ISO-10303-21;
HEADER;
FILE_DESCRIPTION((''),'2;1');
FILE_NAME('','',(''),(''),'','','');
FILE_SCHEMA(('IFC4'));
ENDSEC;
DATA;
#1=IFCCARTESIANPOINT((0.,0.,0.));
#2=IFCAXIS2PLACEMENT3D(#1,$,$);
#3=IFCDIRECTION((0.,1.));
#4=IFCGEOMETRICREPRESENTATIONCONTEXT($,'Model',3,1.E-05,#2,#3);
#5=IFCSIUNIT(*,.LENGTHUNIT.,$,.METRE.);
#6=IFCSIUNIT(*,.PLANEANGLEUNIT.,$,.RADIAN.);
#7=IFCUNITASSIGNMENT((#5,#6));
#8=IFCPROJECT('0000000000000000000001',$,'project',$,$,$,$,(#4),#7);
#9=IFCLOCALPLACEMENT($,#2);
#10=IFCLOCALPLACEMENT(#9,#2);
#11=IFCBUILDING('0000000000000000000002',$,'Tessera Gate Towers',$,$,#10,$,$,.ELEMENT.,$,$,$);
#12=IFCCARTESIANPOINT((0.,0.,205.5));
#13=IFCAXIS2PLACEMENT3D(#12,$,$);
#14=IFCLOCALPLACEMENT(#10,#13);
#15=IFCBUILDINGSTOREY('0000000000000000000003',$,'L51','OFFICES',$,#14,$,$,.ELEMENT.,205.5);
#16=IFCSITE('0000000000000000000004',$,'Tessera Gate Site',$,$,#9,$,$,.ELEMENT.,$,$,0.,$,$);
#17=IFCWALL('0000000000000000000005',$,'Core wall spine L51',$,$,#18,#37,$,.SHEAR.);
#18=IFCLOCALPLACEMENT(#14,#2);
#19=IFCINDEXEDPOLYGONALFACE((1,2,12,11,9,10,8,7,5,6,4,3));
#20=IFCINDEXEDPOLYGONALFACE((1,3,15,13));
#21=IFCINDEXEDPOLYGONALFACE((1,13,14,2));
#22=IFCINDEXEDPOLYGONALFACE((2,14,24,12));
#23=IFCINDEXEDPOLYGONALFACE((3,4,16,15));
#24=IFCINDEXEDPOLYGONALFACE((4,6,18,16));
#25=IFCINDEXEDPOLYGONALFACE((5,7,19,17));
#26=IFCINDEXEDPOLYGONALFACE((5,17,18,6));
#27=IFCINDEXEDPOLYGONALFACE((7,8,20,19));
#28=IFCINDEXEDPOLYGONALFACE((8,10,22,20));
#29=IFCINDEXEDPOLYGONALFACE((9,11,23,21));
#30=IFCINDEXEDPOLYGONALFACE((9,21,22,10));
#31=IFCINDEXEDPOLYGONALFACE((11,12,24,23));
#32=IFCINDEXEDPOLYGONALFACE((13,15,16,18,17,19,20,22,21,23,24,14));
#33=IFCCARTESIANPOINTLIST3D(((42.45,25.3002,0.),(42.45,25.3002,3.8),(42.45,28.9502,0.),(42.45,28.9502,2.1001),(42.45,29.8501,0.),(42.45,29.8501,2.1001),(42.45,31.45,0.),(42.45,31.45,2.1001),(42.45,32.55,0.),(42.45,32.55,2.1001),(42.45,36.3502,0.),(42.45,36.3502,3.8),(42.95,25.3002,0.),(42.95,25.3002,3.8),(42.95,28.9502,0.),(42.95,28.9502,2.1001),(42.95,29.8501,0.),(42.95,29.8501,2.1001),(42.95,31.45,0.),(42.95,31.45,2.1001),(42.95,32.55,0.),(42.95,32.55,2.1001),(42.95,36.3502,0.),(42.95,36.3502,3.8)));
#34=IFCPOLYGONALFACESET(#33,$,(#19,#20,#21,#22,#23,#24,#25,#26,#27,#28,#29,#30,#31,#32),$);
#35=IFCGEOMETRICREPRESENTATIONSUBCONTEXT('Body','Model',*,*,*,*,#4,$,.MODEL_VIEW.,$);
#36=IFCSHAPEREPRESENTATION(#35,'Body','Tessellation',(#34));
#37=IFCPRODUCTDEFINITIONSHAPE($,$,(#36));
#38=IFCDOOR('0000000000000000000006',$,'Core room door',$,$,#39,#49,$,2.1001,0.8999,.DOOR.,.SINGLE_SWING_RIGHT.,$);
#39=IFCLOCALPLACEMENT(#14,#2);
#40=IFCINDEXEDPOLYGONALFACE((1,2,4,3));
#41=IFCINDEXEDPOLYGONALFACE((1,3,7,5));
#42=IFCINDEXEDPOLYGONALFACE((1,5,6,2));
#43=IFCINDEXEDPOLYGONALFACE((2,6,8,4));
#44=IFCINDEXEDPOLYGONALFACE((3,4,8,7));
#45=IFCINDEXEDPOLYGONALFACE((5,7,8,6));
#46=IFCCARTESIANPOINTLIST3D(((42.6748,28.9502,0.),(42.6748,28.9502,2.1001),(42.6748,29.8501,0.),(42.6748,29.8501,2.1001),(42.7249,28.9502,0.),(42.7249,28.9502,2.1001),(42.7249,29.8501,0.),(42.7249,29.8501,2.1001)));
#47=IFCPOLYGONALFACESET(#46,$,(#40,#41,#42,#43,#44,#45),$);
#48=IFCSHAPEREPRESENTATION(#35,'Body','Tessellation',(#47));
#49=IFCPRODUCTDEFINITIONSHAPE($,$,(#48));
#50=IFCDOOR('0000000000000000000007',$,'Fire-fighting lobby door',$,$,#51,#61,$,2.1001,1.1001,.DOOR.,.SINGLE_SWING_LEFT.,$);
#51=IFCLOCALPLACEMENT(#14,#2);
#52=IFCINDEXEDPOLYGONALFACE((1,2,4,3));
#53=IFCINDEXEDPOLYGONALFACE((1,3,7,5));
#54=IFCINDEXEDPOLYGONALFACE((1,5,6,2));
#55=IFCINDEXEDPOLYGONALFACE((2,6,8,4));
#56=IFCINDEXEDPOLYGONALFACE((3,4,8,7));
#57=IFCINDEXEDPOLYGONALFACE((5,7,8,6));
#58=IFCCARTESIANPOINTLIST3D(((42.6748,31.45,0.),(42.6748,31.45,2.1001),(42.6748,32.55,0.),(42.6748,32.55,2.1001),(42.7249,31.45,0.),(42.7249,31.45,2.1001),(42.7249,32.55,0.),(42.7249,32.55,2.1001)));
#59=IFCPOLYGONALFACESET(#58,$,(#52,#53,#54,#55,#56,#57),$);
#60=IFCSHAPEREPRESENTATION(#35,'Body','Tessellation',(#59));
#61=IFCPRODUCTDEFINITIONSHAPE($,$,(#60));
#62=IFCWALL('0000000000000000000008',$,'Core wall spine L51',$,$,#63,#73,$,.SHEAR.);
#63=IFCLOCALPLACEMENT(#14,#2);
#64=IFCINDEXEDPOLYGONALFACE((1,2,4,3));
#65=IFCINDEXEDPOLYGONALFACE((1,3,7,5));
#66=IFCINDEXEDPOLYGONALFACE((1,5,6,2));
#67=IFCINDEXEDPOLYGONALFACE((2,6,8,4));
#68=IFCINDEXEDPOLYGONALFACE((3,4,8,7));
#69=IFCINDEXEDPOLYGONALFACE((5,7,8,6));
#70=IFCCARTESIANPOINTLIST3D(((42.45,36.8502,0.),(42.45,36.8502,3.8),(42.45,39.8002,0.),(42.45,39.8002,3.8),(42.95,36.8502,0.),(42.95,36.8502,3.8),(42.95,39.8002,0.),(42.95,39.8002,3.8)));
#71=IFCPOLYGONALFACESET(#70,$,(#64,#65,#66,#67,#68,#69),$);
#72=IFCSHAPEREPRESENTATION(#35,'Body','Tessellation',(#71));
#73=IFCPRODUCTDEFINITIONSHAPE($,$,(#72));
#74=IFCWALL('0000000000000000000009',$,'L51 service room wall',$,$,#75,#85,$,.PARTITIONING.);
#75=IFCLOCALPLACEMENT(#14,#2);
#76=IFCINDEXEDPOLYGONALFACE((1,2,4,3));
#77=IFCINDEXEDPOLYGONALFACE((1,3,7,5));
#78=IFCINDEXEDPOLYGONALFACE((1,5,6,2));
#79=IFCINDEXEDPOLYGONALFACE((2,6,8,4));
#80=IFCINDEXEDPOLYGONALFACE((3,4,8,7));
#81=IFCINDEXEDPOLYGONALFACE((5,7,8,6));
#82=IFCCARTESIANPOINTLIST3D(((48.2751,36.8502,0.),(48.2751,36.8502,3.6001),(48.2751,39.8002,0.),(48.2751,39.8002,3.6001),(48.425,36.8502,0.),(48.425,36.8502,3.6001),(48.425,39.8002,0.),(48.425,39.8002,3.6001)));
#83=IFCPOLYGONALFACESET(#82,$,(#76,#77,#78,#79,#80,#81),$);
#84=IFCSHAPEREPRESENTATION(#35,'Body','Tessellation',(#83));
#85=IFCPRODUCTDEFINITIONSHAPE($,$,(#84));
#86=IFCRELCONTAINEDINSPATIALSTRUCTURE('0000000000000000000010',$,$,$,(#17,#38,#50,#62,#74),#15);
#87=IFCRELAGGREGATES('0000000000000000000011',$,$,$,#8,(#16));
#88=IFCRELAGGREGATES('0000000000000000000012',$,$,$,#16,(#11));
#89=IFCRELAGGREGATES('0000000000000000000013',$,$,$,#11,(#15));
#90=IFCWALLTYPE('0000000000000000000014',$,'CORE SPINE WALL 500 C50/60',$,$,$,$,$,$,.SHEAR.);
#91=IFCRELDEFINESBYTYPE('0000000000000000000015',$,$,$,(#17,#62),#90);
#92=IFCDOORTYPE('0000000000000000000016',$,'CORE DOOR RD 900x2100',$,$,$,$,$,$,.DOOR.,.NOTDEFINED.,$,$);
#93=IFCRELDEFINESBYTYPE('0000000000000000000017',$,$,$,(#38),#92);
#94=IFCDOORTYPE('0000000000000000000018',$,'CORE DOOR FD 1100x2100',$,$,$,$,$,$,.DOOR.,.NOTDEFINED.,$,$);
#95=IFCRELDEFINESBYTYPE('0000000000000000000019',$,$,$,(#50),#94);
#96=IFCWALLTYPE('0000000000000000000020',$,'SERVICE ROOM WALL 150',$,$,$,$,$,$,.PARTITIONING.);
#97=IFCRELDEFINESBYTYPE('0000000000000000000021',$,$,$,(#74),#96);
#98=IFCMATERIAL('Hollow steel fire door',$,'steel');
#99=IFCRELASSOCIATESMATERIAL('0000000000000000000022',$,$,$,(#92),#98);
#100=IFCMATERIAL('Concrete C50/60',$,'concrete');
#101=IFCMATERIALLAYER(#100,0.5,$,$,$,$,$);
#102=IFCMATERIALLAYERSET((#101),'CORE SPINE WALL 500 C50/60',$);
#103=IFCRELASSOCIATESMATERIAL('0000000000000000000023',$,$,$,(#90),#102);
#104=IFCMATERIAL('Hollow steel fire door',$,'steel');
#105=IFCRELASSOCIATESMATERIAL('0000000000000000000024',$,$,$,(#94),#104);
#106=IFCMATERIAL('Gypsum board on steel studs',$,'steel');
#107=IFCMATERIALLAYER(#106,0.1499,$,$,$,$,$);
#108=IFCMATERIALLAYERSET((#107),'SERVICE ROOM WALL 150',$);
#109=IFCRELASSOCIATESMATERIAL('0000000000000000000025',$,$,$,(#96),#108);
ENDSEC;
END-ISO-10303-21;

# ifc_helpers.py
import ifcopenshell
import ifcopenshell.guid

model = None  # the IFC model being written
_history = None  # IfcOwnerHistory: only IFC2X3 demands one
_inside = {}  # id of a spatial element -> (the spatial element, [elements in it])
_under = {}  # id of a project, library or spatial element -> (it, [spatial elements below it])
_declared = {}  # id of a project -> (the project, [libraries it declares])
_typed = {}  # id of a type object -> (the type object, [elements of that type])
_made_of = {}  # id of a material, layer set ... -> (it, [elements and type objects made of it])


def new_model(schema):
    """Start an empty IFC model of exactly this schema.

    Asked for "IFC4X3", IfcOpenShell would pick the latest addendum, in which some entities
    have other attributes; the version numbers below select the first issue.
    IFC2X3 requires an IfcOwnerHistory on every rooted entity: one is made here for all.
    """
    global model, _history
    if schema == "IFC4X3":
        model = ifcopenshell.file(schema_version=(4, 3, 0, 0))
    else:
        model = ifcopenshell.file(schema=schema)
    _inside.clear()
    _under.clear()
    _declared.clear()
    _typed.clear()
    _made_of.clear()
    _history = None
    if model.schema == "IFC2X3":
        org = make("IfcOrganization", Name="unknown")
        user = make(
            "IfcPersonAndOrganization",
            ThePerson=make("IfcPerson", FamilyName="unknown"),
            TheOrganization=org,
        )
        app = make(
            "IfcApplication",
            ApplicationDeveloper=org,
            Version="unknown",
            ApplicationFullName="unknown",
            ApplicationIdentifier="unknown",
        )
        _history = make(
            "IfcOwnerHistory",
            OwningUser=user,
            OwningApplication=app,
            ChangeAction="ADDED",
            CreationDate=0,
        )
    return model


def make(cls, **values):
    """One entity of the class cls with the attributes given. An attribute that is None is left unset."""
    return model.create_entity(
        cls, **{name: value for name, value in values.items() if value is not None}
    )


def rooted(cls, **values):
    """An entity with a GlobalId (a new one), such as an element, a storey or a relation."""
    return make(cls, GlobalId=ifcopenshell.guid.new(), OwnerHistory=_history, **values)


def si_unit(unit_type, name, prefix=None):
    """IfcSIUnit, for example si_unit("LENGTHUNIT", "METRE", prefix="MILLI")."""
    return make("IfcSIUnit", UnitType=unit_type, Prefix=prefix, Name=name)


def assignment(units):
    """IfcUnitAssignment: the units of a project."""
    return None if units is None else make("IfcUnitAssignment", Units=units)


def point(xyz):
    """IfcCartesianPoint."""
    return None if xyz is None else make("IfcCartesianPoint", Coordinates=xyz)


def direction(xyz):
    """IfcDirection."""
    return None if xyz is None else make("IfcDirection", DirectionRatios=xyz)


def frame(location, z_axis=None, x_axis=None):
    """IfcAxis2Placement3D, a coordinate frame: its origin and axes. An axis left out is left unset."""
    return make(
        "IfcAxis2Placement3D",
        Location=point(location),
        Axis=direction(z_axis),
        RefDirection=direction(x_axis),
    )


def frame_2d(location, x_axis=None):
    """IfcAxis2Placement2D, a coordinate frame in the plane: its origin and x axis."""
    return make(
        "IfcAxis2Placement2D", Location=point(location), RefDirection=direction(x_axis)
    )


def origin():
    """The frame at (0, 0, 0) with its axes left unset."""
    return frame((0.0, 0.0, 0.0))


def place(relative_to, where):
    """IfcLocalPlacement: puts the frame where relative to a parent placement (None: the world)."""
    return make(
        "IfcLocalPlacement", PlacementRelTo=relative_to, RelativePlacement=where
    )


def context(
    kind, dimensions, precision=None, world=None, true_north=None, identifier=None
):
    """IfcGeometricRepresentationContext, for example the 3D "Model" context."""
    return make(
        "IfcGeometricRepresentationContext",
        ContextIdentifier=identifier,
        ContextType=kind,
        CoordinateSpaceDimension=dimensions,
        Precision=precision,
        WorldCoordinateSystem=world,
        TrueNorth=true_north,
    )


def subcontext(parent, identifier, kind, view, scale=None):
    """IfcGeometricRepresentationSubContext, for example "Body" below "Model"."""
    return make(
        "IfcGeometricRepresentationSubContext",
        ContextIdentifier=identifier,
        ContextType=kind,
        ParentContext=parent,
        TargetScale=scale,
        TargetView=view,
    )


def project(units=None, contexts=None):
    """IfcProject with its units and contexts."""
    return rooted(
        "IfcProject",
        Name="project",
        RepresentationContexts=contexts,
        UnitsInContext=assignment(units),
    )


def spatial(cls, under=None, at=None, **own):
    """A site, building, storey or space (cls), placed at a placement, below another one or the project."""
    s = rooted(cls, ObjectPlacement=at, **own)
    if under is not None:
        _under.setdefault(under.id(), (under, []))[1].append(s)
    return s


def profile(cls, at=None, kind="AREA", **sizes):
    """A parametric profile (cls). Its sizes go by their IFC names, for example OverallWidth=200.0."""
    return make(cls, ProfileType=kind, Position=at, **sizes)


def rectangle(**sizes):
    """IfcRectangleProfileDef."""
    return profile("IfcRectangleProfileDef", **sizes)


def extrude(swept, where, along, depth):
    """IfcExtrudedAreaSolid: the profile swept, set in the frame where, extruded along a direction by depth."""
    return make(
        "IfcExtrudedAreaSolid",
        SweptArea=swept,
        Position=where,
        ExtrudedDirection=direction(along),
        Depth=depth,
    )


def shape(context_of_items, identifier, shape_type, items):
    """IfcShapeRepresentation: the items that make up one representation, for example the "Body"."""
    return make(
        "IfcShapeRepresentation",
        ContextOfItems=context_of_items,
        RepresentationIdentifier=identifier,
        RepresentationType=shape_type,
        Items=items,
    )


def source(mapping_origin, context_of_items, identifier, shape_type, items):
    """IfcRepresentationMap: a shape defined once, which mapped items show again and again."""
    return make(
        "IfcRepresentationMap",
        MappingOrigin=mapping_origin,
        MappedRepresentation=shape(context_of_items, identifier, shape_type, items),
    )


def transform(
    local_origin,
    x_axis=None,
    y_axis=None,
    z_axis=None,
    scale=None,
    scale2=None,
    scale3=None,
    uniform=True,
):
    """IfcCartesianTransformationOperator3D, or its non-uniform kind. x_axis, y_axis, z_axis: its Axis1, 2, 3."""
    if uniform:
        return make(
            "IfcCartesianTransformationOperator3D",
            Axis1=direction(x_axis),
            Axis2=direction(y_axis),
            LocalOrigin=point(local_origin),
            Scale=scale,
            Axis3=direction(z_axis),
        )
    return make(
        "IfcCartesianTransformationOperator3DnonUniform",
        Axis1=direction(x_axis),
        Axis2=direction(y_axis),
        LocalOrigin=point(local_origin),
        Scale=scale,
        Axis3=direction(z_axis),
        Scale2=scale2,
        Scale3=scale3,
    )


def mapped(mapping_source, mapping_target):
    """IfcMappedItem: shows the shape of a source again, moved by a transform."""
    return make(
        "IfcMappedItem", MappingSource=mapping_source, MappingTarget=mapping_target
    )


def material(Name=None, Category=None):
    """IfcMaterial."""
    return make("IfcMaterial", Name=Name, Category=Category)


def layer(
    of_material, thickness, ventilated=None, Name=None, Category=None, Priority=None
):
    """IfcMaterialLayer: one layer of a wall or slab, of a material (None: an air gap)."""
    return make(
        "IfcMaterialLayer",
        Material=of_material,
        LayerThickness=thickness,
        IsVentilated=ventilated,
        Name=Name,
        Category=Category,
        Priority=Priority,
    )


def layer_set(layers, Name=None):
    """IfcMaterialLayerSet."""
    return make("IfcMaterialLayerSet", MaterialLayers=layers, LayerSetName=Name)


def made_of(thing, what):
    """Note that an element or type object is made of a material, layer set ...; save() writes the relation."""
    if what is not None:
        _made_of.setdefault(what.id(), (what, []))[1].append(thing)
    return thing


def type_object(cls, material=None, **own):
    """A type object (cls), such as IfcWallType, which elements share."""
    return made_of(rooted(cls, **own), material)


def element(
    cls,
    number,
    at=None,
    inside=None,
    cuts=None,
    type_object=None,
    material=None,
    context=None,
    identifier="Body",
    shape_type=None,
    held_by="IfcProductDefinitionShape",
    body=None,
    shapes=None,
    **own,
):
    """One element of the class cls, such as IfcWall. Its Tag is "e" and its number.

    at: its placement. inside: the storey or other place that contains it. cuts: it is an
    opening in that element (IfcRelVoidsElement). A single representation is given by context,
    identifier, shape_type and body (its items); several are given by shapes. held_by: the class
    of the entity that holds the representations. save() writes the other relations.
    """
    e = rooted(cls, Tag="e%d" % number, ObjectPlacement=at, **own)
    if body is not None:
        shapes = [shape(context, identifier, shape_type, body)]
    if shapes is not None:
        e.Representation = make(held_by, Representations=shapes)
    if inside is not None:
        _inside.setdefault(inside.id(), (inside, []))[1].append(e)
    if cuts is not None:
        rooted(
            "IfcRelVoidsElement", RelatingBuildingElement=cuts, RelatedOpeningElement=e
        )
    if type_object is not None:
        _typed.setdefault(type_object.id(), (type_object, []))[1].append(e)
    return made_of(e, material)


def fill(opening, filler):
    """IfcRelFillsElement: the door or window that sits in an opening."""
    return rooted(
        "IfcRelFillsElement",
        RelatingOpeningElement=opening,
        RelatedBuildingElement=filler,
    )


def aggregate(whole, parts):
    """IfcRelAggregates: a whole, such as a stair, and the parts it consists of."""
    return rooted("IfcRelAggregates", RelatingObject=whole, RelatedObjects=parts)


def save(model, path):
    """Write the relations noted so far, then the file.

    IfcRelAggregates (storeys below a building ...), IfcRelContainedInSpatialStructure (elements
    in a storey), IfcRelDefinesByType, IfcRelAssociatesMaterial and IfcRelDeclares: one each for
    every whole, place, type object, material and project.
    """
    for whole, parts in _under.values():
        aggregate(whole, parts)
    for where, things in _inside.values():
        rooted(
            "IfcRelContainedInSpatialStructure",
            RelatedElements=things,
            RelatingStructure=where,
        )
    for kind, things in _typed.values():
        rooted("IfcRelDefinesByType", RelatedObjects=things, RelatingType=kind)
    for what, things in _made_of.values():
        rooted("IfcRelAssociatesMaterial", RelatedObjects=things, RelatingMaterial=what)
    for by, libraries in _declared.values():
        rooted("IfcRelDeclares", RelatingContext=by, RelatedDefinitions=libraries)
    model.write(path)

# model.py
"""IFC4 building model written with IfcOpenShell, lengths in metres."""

from ifc_helpers import new_model, si_unit, direction, frame, frame_2d, origin, place, context, subcontext, project, spatial, rectangle, extrude, source, transform, mapped, material, layer, layer_set, type_object, element, fill, save


model = new_model("IFC4")

# Units and contexts
model_context = context("Model", 3, precision=1e-05, world=origin(), true_north=direction((0.0, 1.0)))
body_context = subcontext(model_context, "Body", "Model", "MODEL_VIEW")
ifc_project = project(units=[si_unit("LENGTHUNIT", "METRE"), si_unit("PLANEANGLEUNIT", "RADIAN")], contexts=[model_context])

# Site, building, storey
site_placement = place(None, origin())
site = spatial("IfcSite", under=ifc_project, at=site_placement, Name="Tessera Gate Site", CompositionType="ELEMENT", RefElevation=0.0)
building_placement = place(site_placement, origin())
building = spatial("IfcBuilding", under=site, at=building_placement, Name="Tessera Gate Towers", CompositionType="ELEMENT")
storey_placement = place(building_placement, frame((0.0, 0.0, 205.5)))
storey = spatial("IfcBuildingStorey", under=building, at=storey_placement, Name="L51", Description="OFFICES", CompositionType="ELEMENT", Elevation=205.5)

# Shared definitions
shared_shape_1 = source(origin(), body_context, "Body", "SweptSolid", [
    extrude(rectangle(XDim=1.1001, YDim=2.1001, at=frame_2d((0.55, 1.05))), frame((0.0, 0.0249, 0.0), z_axis=(0.0, -1.0, 0.0), x_axis=(1.0, 0.0, 0.0)), (0.0, 0.0, 1.0), 0.05),
])

# Shared definitions
ifc_material_1 = material(Name="Hollow steel fire door", Category="steel")
door_type_1 = type_object("IfcDoorType", Name="CORE DOOR RD 900x2100", OperationType="NOTDEFINED", PredefinedType="DOOR", material=ifc_material_1)
shared_shape_2 = source(origin(), body_context, "Body", "SweptSolid", [
    extrude(rectangle(XDim=0.8999, YDim=2.1001, at=frame_2d((0.45, 1.05))), frame((0.0, 0.0249, 0.0), z_axis=(0.0, -1.0, 0.0), x_axis=(1.0, 0.0, 0.0)), (0.0, 0.0, 1.0), 0.05),
])

# Wall, openings, doors
ifc_material_2 = material(Name="Concrete C50/60", Category="concrete")
ifc_layer_1 = layer(ifc_material_2, 0.5)
ifc_layer_set_1 = layer_set([ifc_layer_1], Name="CORE SPINE WALL 500 C50/60")
wall_type_1 = type_object("IfcWallType", Name="CORE SPINE WALL 500 C50/60", PredefinedType="SHEAR", material=ifc_layer_set_1)
wall_1_placement = place(storey_placement, frame((42.7, 36.3501, 0.0), z_axis=(0.0, 0.0, 1.0), x_axis=(0.0, -1.0, 0.0)))
wall_1 = element("IfcWall", 1, at=wall_1_placement, inside=storey, type_object=wall_type_1, Name="Core wall spine L51", PredefinedType="SHEAR", context=body_context, shape_type="SweptSolid", body=[
    extrude(rectangle(XDim=11.05, YDim=0.5, at=frame_2d((5.5249, 0.0))), origin(), (0.0, 0.0, 1.0), 3.8),
])
shared_shape_3 = source(origin(), body_context, "Body", "SweptSolid", [
    extrude(rectangle(XDim=0.8999, YDim=2.1001, at=frame_2d((0.45, 1.05))), frame((0.0, 0.26, 0.0), z_axis=(0.0, -1.0, 0.0), x_axis=(1.0, 0.0, 0.0)), (0.0, 0.0, 1.0), 0.52),
])
opening_1_placement = place(wall_1_placement, frame((6.5, 0.0, 0.0)))
opening_1 = element("IfcOpeningElement", 2, at=opening_1_placement, cuts=wall_1, PredefinedType="OPENING", context=body_context, shape_type="MappedRepresentation", body=[
    mapped(shared_shape_3, transform((0.0, 0.0, 0.0), scale=1.0)),
])
shared_shape_4 = source(origin(), body_context, "Body", "SweptSolid", [
    extrude(rectangle(XDim=1.1001, YDim=2.1001, at=frame_2d((0.55, 1.05))), frame((0.0, 0.26, 0.0), z_axis=(0.0, -1.0, 0.0), x_axis=(1.0, 0.0, 0.0)), (0.0, 0.0, 1.0), 0.52),
])
opening_2_placement = place(wall_1_placement, frame((3.8, 0.0, 0.0)))
opening_2 = element("IfcOpeningElement", 3, at=opening_2_placement, cuts=wall_1, PredefinedType="OPENING", context=body_context, shape_type="MappedRepresentation", body=[
    mapped(shared_shape_4, transform((0.0, 0.0, 0.0), scale=1.0)),
])
door_1_placement = place(opening_1_placement, origin())
door_1 = element("IfcDoor", 4, at=door_1_placement, inside=storey, type_object=door_type_1, Name="Core room door", OperationType="SINGLE_SWING_RIGHT", OverallHeight=2.1001, OverallWidth=0.8999, PredefinedType="DOOR", context=body_context, shape_type="MappedRepresentation", body=[
    mapped(shared_shape_2, transform((0.0, 0.0, 0.0), scale=1.0)),
])
fill(opening_1, door_1)
ifc_material_3 = material(Name="Hollow steel fire door", Category="steel")
door_type_2 = type_object("IfcDoorType", Name="CORE DOOR FD 1100x2100", OperationType="NOTDEFINED", PredefinedType="DOOR", material=ifc_material_3)
door_2_placement = place(opening_2_placement, origin())
door_2 = element("IfcDoor", 5, at=door_2_placement, inside=storey, type_object=door_type_2, Name="Fire-fighting lobby door", OperationType="SINGLE_SWING_LEFT", OverallHeight=2.1001, OverallWidth=1.1001, PredefinedType="DOOR", context=body_context, shape_type="MappedRepresentation", body=[
    mapped(shared_shape_1, transform((0.0, 0.0, 0.0), scale=1.0)),
])
fill(opening_2, door_2)

# Walls
wall_2_placement = place(storey_placement, frame((42.7, 36.8501, 0.0), z_axis=(0.0, 0.0, 1.0), x_axis=(0.0, 1.0, 0.0)))
element("IfcWall", 6, at=wall_2_placement, inside=storey, type_object=wall_type_1, Name="Core wall spine L51", PredefinedType="SHEAR", context=body_context, shape_type="SweptSolid", body=[
    extrude(rectangle(XDim=2.95, YDim=0.5, at=frame_2d((1.4751, 0.0))), origin(), (0.0, 0.0, 1.0), 3.8),
])
ifc_material_4 = material(Name="Gypsum board on steel studs", Category="steel")
ifc_layer_2 = layer(ifc_material_4, 0.1499)
ifc_layer_set_2 = layer_set([ifc_layer_2], Name="SERVICE ROOM WALL 150")
wall_type_2 = type_object("IfcWallType", Name="SERVICE ROOM WALL 150", PredefinedType="PARTITIONING", material=ifc_layer_set_2)
wall_3_placement = place(storey_placement, frame((48.3501, 36.8501, 0.0), z_axis=(0.0, 0.0, 1.0), x_axis=(0.0, 1.0, 0.0)))
element("IfcWall", 7, at=wall_3_placement, inside=storey, type_object=wall_type_2, Name="L51 service room wall", PredefinedType="PARTITIONING", context=body_context, shape_type="SweptSolid", body=[
    extrude(rectangle(XDim=2.95, YDim=0.1499, at=frame_2d((1.4751, 0.0))), origin(), (0.0, 0.0, 1.0), 3.6001),
])

save(model, "model.ifc")
